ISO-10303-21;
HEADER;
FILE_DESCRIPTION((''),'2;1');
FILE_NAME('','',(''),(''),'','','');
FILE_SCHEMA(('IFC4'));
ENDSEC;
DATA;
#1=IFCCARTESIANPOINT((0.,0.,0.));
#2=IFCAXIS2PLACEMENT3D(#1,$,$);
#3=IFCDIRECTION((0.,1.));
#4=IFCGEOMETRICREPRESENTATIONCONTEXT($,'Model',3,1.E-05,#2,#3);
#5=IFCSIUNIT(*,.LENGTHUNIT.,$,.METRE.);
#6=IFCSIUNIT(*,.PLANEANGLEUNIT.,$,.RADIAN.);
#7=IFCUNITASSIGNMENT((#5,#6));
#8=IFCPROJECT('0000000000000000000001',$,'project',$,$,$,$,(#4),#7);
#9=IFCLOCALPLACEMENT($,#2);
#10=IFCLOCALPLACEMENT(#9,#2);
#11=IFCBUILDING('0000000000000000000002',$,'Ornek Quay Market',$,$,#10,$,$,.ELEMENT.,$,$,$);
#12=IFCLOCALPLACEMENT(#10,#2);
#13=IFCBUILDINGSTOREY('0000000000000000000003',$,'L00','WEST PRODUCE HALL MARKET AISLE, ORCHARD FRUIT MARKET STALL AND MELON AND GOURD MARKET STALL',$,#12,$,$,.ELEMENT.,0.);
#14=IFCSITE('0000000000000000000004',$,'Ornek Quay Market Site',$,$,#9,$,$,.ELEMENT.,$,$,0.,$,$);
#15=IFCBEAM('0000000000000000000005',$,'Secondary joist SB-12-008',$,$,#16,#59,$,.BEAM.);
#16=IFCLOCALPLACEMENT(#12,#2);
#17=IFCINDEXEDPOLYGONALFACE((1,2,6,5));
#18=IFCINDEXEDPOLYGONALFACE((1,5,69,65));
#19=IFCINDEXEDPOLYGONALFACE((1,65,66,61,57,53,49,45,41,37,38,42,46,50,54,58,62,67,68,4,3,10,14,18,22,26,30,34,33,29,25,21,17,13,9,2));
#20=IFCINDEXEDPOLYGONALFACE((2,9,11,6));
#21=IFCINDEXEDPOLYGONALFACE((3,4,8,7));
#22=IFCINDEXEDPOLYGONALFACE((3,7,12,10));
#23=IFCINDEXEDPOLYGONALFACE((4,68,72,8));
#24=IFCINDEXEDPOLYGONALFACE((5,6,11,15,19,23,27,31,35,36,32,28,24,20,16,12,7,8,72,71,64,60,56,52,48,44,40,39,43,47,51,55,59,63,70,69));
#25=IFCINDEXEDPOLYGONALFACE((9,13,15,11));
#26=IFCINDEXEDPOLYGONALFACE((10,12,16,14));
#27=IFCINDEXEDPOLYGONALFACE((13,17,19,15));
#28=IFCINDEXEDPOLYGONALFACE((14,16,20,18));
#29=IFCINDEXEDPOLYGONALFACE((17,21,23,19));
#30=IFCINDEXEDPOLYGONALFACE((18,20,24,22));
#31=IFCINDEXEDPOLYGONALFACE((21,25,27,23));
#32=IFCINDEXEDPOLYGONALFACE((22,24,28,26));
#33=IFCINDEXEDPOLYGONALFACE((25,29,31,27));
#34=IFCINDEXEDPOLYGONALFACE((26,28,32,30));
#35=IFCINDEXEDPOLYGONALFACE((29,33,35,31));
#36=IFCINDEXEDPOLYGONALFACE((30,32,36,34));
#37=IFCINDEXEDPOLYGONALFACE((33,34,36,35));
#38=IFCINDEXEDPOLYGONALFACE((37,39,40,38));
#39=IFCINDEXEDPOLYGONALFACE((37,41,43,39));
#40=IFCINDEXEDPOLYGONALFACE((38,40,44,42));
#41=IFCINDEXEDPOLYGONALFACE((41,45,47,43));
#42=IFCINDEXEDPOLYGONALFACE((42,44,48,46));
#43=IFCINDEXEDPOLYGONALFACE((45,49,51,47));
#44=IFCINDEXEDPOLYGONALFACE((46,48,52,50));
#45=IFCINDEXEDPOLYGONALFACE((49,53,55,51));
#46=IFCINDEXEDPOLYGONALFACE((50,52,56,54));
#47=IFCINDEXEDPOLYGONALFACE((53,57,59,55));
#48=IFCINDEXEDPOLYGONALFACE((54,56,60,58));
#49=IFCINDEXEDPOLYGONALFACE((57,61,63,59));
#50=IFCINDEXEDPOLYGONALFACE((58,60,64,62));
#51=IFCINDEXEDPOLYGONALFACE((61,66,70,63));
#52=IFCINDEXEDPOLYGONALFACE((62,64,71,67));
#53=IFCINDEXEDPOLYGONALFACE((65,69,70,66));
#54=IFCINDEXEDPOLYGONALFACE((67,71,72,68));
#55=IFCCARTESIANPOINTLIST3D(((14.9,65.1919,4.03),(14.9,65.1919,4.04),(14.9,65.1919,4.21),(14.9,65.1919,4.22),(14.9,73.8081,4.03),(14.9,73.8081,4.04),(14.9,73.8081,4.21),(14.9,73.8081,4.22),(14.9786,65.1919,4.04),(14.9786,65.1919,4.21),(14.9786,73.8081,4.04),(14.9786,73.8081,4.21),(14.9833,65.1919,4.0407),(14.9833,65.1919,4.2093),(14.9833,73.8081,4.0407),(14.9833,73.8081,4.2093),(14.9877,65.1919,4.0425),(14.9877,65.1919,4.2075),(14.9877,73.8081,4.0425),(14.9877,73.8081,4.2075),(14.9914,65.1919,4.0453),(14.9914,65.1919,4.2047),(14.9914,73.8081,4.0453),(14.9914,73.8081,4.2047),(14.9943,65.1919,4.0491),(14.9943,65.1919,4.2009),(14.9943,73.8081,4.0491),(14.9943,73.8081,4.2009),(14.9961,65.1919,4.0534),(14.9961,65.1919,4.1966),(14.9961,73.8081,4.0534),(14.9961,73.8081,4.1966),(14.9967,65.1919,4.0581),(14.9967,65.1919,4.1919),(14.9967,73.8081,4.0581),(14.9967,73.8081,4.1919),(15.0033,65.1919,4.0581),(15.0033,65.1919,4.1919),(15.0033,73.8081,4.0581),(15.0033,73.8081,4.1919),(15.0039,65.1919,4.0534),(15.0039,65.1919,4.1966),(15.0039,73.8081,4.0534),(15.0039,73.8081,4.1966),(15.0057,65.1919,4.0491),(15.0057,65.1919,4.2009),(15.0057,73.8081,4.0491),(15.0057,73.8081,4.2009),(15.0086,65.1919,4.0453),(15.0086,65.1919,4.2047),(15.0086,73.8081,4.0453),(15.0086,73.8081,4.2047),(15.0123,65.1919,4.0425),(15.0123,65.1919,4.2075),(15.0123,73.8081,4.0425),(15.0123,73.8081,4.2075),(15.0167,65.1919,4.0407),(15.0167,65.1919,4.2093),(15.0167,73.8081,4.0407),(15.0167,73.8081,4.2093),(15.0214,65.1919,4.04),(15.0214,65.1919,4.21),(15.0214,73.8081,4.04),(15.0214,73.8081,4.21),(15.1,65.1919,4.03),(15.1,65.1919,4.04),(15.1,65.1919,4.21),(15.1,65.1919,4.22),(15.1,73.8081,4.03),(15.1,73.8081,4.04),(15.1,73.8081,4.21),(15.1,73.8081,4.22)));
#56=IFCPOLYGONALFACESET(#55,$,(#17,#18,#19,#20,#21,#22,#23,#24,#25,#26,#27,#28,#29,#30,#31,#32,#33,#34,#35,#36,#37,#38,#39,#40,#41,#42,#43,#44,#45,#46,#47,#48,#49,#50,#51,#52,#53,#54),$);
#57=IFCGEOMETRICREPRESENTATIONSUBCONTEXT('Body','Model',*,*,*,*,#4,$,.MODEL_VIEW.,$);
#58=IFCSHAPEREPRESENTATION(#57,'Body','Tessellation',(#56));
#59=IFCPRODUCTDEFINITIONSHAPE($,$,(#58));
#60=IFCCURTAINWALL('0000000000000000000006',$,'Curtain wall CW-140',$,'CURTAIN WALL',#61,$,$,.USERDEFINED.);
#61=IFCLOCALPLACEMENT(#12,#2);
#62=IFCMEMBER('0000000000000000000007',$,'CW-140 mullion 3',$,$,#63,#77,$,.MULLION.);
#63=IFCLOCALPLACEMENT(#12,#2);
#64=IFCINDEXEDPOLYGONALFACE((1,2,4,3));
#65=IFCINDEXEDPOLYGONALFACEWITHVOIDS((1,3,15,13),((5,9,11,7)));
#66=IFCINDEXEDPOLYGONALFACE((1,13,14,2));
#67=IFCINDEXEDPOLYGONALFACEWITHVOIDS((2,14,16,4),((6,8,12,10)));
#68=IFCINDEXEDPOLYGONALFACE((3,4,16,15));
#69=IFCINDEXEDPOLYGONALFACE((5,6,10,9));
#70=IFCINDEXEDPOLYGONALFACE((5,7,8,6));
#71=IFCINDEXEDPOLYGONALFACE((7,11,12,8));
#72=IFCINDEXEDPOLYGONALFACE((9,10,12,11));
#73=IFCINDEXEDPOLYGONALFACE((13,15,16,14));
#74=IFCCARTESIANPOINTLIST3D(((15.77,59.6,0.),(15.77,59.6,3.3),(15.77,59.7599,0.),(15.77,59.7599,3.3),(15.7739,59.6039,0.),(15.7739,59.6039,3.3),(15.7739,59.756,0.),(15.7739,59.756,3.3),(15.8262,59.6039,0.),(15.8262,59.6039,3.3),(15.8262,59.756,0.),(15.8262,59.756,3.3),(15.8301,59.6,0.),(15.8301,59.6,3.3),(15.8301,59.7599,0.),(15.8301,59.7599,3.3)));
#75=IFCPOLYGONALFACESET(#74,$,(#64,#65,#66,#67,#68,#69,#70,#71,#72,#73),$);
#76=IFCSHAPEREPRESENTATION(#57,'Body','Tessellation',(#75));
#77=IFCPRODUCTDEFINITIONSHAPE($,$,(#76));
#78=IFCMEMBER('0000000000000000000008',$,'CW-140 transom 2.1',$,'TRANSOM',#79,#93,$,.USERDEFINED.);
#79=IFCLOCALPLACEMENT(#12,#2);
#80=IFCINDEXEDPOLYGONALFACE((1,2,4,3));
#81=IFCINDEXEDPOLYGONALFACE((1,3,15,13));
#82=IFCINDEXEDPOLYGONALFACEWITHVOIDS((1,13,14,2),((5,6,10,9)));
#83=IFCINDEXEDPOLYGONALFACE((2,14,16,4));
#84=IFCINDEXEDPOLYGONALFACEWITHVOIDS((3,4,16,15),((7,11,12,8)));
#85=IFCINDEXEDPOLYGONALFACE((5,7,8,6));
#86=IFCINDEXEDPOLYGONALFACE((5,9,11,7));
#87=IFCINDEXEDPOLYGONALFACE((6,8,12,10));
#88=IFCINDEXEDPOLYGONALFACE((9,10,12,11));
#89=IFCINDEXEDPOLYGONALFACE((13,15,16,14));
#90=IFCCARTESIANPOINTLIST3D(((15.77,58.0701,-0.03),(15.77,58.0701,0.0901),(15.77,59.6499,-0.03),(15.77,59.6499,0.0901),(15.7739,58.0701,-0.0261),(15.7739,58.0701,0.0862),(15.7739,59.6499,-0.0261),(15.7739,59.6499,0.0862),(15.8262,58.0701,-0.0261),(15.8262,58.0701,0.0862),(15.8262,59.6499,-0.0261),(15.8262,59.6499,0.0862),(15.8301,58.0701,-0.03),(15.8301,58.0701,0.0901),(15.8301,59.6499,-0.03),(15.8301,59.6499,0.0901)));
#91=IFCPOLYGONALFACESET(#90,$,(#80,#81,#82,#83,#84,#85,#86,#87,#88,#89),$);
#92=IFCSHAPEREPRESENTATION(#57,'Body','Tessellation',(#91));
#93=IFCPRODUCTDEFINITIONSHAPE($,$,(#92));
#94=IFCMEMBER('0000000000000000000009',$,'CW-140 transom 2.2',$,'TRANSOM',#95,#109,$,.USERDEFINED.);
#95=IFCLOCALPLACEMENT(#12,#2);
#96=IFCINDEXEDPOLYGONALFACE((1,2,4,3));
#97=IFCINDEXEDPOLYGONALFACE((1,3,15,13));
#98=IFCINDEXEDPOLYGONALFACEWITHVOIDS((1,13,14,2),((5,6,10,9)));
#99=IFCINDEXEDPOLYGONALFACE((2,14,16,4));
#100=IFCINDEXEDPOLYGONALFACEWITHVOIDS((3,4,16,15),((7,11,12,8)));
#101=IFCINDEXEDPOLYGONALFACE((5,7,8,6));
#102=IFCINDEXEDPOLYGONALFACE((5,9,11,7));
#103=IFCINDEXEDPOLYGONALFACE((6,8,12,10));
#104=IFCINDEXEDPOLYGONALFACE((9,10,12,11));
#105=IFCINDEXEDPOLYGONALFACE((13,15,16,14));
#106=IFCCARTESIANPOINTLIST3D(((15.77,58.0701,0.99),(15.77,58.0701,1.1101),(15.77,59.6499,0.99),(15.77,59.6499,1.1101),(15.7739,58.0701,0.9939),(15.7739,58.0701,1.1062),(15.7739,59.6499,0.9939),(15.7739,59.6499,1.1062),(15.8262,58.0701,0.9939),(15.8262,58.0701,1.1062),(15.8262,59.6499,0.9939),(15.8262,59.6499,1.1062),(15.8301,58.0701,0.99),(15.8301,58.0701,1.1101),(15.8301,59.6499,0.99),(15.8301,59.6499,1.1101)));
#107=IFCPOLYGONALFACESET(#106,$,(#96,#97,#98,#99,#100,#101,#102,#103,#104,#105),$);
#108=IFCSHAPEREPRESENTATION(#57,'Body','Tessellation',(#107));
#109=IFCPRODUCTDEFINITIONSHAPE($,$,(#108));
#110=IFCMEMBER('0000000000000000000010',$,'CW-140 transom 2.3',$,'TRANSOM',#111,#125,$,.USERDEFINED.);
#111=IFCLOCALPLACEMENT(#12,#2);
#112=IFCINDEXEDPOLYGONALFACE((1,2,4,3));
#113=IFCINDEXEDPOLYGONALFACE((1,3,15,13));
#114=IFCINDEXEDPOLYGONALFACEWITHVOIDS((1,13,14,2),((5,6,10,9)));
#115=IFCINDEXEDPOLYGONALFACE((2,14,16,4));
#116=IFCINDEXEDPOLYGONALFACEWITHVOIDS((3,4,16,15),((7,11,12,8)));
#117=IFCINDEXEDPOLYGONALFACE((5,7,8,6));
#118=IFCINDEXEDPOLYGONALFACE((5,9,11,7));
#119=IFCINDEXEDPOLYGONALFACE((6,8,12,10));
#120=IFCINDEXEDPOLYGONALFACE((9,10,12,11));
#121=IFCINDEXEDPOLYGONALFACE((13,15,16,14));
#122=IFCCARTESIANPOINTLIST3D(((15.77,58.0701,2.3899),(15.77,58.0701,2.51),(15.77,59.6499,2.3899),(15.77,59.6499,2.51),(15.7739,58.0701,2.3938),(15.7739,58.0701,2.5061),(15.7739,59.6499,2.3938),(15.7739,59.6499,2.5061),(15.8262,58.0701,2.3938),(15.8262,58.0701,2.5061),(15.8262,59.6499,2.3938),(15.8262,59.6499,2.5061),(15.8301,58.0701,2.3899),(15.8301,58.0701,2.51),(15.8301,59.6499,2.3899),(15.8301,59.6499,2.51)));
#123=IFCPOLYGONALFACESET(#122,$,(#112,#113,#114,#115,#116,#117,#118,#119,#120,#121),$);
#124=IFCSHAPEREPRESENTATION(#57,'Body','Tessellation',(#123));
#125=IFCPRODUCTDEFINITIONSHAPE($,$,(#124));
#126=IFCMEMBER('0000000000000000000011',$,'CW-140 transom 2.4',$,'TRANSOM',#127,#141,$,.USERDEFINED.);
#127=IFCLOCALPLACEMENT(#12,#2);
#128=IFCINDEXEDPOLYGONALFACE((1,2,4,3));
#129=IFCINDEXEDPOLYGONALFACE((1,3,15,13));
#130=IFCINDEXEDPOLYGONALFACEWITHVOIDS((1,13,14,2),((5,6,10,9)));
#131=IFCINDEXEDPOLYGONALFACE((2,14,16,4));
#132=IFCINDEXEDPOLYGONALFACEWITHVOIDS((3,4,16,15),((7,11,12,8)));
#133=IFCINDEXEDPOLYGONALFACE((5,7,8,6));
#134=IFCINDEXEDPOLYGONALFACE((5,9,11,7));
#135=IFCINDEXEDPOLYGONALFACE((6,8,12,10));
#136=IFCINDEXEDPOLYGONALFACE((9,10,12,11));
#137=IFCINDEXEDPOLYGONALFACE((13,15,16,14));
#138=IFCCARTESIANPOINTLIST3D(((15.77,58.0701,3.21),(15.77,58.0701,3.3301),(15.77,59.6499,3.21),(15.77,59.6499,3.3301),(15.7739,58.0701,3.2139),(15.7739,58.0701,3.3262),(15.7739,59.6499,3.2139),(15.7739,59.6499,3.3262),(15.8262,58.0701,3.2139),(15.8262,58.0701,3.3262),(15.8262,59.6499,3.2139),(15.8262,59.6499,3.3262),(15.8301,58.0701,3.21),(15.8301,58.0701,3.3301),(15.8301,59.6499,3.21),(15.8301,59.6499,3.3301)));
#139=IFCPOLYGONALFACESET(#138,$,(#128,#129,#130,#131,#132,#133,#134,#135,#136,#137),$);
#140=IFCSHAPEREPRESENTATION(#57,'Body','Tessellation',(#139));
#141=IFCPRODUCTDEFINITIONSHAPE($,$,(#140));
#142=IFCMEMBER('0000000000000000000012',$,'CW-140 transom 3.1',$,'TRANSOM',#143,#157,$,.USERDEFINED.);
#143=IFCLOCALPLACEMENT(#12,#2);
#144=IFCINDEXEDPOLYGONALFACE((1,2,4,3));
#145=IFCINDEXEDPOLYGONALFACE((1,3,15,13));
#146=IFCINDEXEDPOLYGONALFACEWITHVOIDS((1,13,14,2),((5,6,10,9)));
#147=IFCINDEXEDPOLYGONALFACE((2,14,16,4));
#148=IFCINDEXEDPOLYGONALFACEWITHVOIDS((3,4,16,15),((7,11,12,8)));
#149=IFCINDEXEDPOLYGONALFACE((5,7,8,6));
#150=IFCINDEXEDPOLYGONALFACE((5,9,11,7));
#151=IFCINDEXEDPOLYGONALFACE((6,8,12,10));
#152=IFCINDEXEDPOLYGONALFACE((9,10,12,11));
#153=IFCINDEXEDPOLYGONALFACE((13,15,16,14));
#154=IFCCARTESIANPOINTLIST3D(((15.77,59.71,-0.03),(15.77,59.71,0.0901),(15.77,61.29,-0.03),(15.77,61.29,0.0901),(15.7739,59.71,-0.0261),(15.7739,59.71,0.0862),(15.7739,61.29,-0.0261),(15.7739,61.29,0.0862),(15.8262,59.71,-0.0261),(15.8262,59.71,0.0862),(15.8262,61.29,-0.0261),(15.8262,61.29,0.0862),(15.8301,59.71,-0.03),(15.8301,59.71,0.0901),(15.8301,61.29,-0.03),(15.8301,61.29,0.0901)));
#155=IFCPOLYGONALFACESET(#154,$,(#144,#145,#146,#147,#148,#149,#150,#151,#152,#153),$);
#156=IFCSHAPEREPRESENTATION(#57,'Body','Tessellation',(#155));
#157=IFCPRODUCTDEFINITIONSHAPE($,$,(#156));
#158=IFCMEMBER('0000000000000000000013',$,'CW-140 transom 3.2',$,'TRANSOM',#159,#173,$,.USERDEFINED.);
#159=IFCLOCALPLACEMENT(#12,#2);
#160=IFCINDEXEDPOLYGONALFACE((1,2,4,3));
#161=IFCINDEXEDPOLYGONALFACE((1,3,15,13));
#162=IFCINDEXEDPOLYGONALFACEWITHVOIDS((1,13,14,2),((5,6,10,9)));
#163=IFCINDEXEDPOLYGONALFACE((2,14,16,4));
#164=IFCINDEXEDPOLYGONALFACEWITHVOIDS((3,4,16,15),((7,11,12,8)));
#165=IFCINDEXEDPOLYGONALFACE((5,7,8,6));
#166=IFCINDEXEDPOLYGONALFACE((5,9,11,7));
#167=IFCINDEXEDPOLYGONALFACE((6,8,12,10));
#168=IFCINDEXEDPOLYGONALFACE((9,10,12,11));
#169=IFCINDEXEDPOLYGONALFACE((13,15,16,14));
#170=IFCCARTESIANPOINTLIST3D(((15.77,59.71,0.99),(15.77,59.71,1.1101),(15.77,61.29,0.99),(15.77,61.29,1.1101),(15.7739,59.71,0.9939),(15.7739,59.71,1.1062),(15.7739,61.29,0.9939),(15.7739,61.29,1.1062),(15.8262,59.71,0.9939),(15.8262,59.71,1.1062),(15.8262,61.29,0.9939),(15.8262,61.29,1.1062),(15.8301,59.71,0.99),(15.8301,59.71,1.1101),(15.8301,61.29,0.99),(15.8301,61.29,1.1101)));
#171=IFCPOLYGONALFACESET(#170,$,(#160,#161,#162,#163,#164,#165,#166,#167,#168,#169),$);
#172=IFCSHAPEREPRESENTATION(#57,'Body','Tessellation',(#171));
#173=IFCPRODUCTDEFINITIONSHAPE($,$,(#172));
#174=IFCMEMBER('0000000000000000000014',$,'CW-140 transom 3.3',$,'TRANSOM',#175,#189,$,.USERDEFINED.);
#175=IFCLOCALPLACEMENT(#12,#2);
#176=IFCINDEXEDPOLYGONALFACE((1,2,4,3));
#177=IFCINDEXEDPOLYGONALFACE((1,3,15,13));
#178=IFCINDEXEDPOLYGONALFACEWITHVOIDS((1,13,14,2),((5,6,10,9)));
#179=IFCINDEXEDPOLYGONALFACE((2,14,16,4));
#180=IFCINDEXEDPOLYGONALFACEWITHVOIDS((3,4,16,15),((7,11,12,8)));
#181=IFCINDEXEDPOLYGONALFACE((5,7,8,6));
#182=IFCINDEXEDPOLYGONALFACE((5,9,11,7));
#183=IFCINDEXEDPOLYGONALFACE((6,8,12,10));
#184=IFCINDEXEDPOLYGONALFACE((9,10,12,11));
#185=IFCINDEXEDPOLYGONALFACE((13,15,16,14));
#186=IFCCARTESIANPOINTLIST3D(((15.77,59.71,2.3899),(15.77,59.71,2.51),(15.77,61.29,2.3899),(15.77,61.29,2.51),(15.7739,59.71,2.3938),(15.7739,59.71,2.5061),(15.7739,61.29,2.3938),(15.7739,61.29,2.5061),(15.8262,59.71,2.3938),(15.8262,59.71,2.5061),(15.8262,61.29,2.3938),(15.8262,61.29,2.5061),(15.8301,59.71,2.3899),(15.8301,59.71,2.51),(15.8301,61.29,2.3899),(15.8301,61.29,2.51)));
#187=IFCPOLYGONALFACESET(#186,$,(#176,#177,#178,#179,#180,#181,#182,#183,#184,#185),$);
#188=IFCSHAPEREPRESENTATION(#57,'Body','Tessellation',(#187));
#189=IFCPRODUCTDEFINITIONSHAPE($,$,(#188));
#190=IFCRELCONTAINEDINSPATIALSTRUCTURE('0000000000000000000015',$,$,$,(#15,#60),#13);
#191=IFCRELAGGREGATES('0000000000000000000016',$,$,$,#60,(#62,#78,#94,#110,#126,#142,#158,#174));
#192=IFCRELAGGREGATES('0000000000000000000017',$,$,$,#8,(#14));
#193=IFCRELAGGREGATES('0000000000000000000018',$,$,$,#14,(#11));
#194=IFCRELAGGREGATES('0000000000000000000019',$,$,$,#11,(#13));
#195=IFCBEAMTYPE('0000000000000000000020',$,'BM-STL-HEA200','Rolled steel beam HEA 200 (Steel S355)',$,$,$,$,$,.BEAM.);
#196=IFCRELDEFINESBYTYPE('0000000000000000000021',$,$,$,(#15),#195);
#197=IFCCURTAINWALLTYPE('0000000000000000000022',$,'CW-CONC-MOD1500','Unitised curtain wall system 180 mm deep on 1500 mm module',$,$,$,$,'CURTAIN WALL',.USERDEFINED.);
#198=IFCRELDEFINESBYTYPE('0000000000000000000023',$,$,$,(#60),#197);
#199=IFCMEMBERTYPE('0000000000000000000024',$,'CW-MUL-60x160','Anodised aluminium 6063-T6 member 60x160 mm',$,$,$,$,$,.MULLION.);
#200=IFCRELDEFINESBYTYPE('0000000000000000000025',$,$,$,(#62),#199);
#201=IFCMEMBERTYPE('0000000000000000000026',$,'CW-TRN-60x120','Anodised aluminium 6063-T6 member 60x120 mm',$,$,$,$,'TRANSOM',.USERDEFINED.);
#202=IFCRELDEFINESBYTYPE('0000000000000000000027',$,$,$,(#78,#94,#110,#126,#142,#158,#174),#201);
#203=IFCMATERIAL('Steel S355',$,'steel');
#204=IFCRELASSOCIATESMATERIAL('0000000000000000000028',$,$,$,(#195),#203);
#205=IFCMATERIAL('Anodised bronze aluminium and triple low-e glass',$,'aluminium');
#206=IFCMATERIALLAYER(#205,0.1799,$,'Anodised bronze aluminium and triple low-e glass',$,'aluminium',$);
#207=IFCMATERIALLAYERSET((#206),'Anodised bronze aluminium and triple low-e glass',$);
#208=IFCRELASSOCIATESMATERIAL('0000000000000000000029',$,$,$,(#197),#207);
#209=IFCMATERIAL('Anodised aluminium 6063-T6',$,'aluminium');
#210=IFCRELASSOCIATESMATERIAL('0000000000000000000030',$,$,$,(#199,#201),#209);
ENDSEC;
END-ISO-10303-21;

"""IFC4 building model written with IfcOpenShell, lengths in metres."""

from ifc_helpers import new_model, si_unit, direction, frame, origin, origin_2d, place, context, subcontext, project, spatial, hollow_rectangle, i_section, extrude, material, layer, layer_set, material_profile, profile_set, type_object, element, aggregate, save


model = new_model("IFC4")

# Units and contexts
model_context = context("Model", 3, precision=1e-05, world=origin(), true_north=direction((0.0, 1.0)))
body_context = subcontext(model_context, "Body", "Model", "MODEL_VIEW")
ifc_project = project(units=[si_unit("LENGTHUNIT", "METRE"), si_unit("PLANEANGLEUNIT", "RADIAN")], contexts=[model_context])

# Site, building, storey
site_placement = place(None, origin())
site = spatial("IfcSite", under=ifc_project, at=site_placement, Name="Ornek Quay Market Site", CompositionType="ELEMENT", RefElevation=0.0)
building_placement = place(site_placement, origin())
building = spatial("IfcBuilding", under=site, at=building_placement, Name="Ornek Quay Market", CompositionType="ELEMENT")
storey_placement = place(building_placement, origin())
storey = spatial("IfcBuildingStorey", under=building, at=storey_placement, Name="L00", Description="WEST PRODUCE HALL MARKET AISLE, ORCHARD FRUIT MARKET STALL AND MELON AND GOURD MARKET STALL", CompositionType="ELEMENT", Elevation=0.0)

# Beam
ifc_material_1 = material(Name="Steel S355", Category="steel")
ifc_material_profile_1 = material_profile(ifc_material_1, i_section(OverallWidth=0.2, OverallDepth=0.1899, WebThickness=0.0066, FlangeThickness=0.01, FilletRadius=0.0181, at=origin_2d()), Name="HEA 200", Category="steel")
ifc_profile_set_1 = profile_set([ifc_material_profile_1], Name="Steel S355")
beam_type_1 = type_object("IfcBeamType", Name="BM-STL-HEA200", Description="Rolled steel beam HEA 200 (Steel S355)", PredefinedType="BEAM", material=ifc_profile_set_1)
for number, where, z_axis, x_axis, name in (
    (1, (15.0, 65.1919, 4.125), (0.0, 1.0, 0.0), (-1.0, 0.0, 0.0), "Secondary joist SB-12-008"),
):
    element("IfcBeam", number, at=place(storey_placement, frame(where, z_axis=z_axis, x_axis=x_axis)), inside=storey, type_object=beam_type_1, Name=name, PredefinedType="BEAM", context=body_context, shape_type="SweptSolid", body=[
        extrude(i_section(OverallWidth=0.2, OverallDepth=0.1899, WebThickness=0.0066, FlangeThickness=0.01, FilletRadius=0.0181, at=origin_2d()), origin(), (0.0, 0.0, 1.0), 8.6162),
    ])

# Curtain wall, members
ifc_material_2 = material(Name="Anodised bronze aluminium and triple low-e glass", Category="aluminium")
ifc_layer_1 = layer(ifc_material_2, 0.1799, Name="Anodised bronze aluminium and triple low-e glass", Category="aluminium")
ifc_layer_set_1 = layer_set([ifc_layer_1], Name="Anodised bronze aluminium and triple low-e glass")
curtain_wall_type = type_object("IfcCurtainWallType", Name="CW-CONC-MOD1500", Description="Unitised curtain wall system 180 mm deep on 1500 mm module", ElementType="CURTAIN WALL", PredefinedType="USERDEFINED", material=ifc_layer_set_1)
curtain_wall_placement = place(storey_placement, origin())
curtain_wall = element("IfcCurtainWall", 2, at=curtain_wall_placement, inside=storey, type_object=curtain_wall_type, Name="Curtain wall CW-140", ObjectType="CURTAIN WALL", PredefinedType="USERDEFINED")
ifc_material_3 = material(Name="Anodised aluminium 6063-T6", Category="aluminium")
ifc_material_profile_2 = material_profile(ifc_material_3, hollow_rectangle(XDim=0.0601, YDim=0.1599, WallThickness=0.0039, at=origin_2d()), Name="CW-MUL-60x160", Category="aluminium")
ifc_profile_set_2 = profile_set([ifc_material_profile_2], Name="Anodised aluminium 6063-T6")
member_type_1 = type_object("IfcMemberType", Name="CW-MUL-60x160", Description="Anodised aluminium 6063-T6 member 60x160 mm", PredefinedType="MULLION", material=ifc_profile_set_2)
member_1_placement = place(storey_placement, frame((15.8, 59.6799, 0.0), z_axis=(0.0, 0.0, 1.0), x_axis=(-1.0, 0.0, 0.0)))
member_1 = element("IfcMember", 3, at=member_1_placement, type_object=member_type_1, Name="CW-140 mullion 3", PredefinedType="MULLION", context=body_context, shape_type="SweptSolid", body=[
    extrude(hollow_rectangle(XDim=0.0601, YDim=0.1599, WallThickness=0.0039, at=origin_2d()), origin(), (0.0, 0.0, 1.0), 3.3),
])
ifc_material_profile_3 = material_profile(ifc_material_3, hollow_rectangle(XDim=0.0601, YDim=0.1201, WallThickness=0.0039, at=origin_2d()), Name="CW-TRN-60x120", Category="aluminium")
ifc_profile_set_3 = profile_set([ifc_material_profile_3], Name="Anodised aluminium 6063-T6")
member_type_2 = type_object("IfcMemberType", Name="CW-TRN-60x120", Description="Anodised aluminium 6063-T6 member 60x120 mm", ElementType="TRANSOM", PredefinedType="USERDEFINED", material=ifc_profile_set_3)
member_2_placement = place(storey_placement, frame((15.8, 58.0701, 0.03), z_axis=(0.0, 1.0, 0.0), x_axis=(-1.0, 0.0, 0.0)))
member_2 = element("IfcMember", 4, at=member_2_placement, type_object=member_type_2, Name="CW-140 transom 2.1", ObjectType="TRANSOM", PredefinedType="USERDEFINED", context=body_context, shape_type="SweptSolid", body=[
    extrude(hollow_rectangle(XDim=0.0601, YDim=0.1201, WallThickness=0.0039, at=origin_2d()), origin(), (0.0, 0.0, 1.0), 1.5798),
])
member_3_placement = place(storey_placement, frame((15.8, 58.0701, 1.05), z_axis=(0.0, 1.0, 0.0), x_axis=(-1.0, 0.0, 0.0)))
member_3 = element("IfcMember", 5, at=member_3_placement, type_object=member_type_2, Name="CW-140 transom 2.2", ObjectType="TRANSOM", PredefinedType="USERDEFINED", context=body_context, shape_type="SweptSolid", body=[
    extrude(hollow_rectangle(XDim=0.0601, YDim=0.1201, WallThickness=0.0039, at=origin_2d()), origin(), (0.0, 0.0, 1.0), 1.5798),
])
member_4_placement = place(storey_placement, frame((15.8, 58.0701, 2.45), z_axis=(0.0, 1.0, 0.0), x_axis=(-1.0, 0.0, 0.0)))
member_4 = element("IfcMember", 6, at=member_4_placement, type_object=member_type_2, Name="CW-140 transom 2.3", ObjectType="TRANSOM", PredefinedType="USERDEFINED", context=body_context, shape_type="SweptSolid", body=[
    extrude(hollow_rectangle(XDim=0.0601, YDim=0.1201, WallThickness=0.0039, at=origin_2d()), origin(), (0.0, 0.0, 1.0), 1.5798),
])
member_5_placement = place(storey_placement, frame((15.8, 58.0701, 3.27), z_axis=(0.0, 1.0, 0.0), x_axis=(-1.0, 0.0, 0.0)))
member_5 = element("IfcMember", 7, at=member_5_placement, type_object=member_type_2, Name="CW-140 transom 2.4", ObjectType="TRANSOM", PredefinedType="USERDEFINED", context=body_context, shape_type="SweptSolid", body=[
    extrude(hollow_rectangle(XDim=0.0601, YDim=0.1201, WallThickness=0.0039, at=origin_2d()), origin(), (0.0, 0.0, 1.0), 1.5798),
])
member_6_placement = place(storey_placement, frame((15.8, 59.71, 0.03), z_axis=(0.0, 1.0, 0.0), x_axis=(-1.0, 0.0, 0.0)))
member_6 = element("IfcMember", 8, at=member_6_placement, type_object=member_type_2, Name="CW-140 transom 3.1", ObjectType="TRANSOM", PredefinedType="USERDEFINED", context=body_context, shape_type="SweptSolid", body=[
    extrude(hollow_rectangle(XDim=0.0601, YDim=0.1201, WallThickness=0.0039, at=origin_2d()), origin(), (0.0, 0.0, 1.0), 1.5801),
])
member_7_placement = place(storey_placement, frame((15.8, 59.71, 1.05), z_axis=(0.0, 1.0, 0.0), x_axis=(-1.0, 0.0, 0.0)))
member_7 = element("IfcMember", 9, at=member_7_placement, type_object=member_type_2, Name="CW-140 transom 3.2", ObjectType="TRANSOM", PredefinedType="USERDEFINED", context=body_context, shape_type="SweptSolid", body=[
    extrude(hollow_rectangle(XDim=0.0601, YDim=0.1201, WallThickness=0.0039, at=origin_2d()), origin(), (0.0, 0.0, 1.0), 1.5801),
])
member_8_placement = place(storey_placement, frame((15.8, 59.71, 2.45), z_axis=(0.0, 1.0, 0.0), x_axis=(-1.0, 0.0, 0.0)))
member_8 = element("IfcMember", 10, at=member_8_placement, type_object=member_type_2, Name="CW-140 transom 3.3", ObjectType="TRANSOM", PredefinedType="USERDEFINED", context=body_context, shape_type="SweptSolid", body=[
    extrude(hollow_rectangle(XDim=0.0601, YDim=0.1201, WallThickness=0.0039, at=origin_2d()), origin(), (0.0, 0.0, 1.0), 1.5801),
])
aggregate(curtain_wall, [member_1, member_2, member_3, member_4, member_5, member_6, member_7, member_8])

save(model, "model.ifc")
